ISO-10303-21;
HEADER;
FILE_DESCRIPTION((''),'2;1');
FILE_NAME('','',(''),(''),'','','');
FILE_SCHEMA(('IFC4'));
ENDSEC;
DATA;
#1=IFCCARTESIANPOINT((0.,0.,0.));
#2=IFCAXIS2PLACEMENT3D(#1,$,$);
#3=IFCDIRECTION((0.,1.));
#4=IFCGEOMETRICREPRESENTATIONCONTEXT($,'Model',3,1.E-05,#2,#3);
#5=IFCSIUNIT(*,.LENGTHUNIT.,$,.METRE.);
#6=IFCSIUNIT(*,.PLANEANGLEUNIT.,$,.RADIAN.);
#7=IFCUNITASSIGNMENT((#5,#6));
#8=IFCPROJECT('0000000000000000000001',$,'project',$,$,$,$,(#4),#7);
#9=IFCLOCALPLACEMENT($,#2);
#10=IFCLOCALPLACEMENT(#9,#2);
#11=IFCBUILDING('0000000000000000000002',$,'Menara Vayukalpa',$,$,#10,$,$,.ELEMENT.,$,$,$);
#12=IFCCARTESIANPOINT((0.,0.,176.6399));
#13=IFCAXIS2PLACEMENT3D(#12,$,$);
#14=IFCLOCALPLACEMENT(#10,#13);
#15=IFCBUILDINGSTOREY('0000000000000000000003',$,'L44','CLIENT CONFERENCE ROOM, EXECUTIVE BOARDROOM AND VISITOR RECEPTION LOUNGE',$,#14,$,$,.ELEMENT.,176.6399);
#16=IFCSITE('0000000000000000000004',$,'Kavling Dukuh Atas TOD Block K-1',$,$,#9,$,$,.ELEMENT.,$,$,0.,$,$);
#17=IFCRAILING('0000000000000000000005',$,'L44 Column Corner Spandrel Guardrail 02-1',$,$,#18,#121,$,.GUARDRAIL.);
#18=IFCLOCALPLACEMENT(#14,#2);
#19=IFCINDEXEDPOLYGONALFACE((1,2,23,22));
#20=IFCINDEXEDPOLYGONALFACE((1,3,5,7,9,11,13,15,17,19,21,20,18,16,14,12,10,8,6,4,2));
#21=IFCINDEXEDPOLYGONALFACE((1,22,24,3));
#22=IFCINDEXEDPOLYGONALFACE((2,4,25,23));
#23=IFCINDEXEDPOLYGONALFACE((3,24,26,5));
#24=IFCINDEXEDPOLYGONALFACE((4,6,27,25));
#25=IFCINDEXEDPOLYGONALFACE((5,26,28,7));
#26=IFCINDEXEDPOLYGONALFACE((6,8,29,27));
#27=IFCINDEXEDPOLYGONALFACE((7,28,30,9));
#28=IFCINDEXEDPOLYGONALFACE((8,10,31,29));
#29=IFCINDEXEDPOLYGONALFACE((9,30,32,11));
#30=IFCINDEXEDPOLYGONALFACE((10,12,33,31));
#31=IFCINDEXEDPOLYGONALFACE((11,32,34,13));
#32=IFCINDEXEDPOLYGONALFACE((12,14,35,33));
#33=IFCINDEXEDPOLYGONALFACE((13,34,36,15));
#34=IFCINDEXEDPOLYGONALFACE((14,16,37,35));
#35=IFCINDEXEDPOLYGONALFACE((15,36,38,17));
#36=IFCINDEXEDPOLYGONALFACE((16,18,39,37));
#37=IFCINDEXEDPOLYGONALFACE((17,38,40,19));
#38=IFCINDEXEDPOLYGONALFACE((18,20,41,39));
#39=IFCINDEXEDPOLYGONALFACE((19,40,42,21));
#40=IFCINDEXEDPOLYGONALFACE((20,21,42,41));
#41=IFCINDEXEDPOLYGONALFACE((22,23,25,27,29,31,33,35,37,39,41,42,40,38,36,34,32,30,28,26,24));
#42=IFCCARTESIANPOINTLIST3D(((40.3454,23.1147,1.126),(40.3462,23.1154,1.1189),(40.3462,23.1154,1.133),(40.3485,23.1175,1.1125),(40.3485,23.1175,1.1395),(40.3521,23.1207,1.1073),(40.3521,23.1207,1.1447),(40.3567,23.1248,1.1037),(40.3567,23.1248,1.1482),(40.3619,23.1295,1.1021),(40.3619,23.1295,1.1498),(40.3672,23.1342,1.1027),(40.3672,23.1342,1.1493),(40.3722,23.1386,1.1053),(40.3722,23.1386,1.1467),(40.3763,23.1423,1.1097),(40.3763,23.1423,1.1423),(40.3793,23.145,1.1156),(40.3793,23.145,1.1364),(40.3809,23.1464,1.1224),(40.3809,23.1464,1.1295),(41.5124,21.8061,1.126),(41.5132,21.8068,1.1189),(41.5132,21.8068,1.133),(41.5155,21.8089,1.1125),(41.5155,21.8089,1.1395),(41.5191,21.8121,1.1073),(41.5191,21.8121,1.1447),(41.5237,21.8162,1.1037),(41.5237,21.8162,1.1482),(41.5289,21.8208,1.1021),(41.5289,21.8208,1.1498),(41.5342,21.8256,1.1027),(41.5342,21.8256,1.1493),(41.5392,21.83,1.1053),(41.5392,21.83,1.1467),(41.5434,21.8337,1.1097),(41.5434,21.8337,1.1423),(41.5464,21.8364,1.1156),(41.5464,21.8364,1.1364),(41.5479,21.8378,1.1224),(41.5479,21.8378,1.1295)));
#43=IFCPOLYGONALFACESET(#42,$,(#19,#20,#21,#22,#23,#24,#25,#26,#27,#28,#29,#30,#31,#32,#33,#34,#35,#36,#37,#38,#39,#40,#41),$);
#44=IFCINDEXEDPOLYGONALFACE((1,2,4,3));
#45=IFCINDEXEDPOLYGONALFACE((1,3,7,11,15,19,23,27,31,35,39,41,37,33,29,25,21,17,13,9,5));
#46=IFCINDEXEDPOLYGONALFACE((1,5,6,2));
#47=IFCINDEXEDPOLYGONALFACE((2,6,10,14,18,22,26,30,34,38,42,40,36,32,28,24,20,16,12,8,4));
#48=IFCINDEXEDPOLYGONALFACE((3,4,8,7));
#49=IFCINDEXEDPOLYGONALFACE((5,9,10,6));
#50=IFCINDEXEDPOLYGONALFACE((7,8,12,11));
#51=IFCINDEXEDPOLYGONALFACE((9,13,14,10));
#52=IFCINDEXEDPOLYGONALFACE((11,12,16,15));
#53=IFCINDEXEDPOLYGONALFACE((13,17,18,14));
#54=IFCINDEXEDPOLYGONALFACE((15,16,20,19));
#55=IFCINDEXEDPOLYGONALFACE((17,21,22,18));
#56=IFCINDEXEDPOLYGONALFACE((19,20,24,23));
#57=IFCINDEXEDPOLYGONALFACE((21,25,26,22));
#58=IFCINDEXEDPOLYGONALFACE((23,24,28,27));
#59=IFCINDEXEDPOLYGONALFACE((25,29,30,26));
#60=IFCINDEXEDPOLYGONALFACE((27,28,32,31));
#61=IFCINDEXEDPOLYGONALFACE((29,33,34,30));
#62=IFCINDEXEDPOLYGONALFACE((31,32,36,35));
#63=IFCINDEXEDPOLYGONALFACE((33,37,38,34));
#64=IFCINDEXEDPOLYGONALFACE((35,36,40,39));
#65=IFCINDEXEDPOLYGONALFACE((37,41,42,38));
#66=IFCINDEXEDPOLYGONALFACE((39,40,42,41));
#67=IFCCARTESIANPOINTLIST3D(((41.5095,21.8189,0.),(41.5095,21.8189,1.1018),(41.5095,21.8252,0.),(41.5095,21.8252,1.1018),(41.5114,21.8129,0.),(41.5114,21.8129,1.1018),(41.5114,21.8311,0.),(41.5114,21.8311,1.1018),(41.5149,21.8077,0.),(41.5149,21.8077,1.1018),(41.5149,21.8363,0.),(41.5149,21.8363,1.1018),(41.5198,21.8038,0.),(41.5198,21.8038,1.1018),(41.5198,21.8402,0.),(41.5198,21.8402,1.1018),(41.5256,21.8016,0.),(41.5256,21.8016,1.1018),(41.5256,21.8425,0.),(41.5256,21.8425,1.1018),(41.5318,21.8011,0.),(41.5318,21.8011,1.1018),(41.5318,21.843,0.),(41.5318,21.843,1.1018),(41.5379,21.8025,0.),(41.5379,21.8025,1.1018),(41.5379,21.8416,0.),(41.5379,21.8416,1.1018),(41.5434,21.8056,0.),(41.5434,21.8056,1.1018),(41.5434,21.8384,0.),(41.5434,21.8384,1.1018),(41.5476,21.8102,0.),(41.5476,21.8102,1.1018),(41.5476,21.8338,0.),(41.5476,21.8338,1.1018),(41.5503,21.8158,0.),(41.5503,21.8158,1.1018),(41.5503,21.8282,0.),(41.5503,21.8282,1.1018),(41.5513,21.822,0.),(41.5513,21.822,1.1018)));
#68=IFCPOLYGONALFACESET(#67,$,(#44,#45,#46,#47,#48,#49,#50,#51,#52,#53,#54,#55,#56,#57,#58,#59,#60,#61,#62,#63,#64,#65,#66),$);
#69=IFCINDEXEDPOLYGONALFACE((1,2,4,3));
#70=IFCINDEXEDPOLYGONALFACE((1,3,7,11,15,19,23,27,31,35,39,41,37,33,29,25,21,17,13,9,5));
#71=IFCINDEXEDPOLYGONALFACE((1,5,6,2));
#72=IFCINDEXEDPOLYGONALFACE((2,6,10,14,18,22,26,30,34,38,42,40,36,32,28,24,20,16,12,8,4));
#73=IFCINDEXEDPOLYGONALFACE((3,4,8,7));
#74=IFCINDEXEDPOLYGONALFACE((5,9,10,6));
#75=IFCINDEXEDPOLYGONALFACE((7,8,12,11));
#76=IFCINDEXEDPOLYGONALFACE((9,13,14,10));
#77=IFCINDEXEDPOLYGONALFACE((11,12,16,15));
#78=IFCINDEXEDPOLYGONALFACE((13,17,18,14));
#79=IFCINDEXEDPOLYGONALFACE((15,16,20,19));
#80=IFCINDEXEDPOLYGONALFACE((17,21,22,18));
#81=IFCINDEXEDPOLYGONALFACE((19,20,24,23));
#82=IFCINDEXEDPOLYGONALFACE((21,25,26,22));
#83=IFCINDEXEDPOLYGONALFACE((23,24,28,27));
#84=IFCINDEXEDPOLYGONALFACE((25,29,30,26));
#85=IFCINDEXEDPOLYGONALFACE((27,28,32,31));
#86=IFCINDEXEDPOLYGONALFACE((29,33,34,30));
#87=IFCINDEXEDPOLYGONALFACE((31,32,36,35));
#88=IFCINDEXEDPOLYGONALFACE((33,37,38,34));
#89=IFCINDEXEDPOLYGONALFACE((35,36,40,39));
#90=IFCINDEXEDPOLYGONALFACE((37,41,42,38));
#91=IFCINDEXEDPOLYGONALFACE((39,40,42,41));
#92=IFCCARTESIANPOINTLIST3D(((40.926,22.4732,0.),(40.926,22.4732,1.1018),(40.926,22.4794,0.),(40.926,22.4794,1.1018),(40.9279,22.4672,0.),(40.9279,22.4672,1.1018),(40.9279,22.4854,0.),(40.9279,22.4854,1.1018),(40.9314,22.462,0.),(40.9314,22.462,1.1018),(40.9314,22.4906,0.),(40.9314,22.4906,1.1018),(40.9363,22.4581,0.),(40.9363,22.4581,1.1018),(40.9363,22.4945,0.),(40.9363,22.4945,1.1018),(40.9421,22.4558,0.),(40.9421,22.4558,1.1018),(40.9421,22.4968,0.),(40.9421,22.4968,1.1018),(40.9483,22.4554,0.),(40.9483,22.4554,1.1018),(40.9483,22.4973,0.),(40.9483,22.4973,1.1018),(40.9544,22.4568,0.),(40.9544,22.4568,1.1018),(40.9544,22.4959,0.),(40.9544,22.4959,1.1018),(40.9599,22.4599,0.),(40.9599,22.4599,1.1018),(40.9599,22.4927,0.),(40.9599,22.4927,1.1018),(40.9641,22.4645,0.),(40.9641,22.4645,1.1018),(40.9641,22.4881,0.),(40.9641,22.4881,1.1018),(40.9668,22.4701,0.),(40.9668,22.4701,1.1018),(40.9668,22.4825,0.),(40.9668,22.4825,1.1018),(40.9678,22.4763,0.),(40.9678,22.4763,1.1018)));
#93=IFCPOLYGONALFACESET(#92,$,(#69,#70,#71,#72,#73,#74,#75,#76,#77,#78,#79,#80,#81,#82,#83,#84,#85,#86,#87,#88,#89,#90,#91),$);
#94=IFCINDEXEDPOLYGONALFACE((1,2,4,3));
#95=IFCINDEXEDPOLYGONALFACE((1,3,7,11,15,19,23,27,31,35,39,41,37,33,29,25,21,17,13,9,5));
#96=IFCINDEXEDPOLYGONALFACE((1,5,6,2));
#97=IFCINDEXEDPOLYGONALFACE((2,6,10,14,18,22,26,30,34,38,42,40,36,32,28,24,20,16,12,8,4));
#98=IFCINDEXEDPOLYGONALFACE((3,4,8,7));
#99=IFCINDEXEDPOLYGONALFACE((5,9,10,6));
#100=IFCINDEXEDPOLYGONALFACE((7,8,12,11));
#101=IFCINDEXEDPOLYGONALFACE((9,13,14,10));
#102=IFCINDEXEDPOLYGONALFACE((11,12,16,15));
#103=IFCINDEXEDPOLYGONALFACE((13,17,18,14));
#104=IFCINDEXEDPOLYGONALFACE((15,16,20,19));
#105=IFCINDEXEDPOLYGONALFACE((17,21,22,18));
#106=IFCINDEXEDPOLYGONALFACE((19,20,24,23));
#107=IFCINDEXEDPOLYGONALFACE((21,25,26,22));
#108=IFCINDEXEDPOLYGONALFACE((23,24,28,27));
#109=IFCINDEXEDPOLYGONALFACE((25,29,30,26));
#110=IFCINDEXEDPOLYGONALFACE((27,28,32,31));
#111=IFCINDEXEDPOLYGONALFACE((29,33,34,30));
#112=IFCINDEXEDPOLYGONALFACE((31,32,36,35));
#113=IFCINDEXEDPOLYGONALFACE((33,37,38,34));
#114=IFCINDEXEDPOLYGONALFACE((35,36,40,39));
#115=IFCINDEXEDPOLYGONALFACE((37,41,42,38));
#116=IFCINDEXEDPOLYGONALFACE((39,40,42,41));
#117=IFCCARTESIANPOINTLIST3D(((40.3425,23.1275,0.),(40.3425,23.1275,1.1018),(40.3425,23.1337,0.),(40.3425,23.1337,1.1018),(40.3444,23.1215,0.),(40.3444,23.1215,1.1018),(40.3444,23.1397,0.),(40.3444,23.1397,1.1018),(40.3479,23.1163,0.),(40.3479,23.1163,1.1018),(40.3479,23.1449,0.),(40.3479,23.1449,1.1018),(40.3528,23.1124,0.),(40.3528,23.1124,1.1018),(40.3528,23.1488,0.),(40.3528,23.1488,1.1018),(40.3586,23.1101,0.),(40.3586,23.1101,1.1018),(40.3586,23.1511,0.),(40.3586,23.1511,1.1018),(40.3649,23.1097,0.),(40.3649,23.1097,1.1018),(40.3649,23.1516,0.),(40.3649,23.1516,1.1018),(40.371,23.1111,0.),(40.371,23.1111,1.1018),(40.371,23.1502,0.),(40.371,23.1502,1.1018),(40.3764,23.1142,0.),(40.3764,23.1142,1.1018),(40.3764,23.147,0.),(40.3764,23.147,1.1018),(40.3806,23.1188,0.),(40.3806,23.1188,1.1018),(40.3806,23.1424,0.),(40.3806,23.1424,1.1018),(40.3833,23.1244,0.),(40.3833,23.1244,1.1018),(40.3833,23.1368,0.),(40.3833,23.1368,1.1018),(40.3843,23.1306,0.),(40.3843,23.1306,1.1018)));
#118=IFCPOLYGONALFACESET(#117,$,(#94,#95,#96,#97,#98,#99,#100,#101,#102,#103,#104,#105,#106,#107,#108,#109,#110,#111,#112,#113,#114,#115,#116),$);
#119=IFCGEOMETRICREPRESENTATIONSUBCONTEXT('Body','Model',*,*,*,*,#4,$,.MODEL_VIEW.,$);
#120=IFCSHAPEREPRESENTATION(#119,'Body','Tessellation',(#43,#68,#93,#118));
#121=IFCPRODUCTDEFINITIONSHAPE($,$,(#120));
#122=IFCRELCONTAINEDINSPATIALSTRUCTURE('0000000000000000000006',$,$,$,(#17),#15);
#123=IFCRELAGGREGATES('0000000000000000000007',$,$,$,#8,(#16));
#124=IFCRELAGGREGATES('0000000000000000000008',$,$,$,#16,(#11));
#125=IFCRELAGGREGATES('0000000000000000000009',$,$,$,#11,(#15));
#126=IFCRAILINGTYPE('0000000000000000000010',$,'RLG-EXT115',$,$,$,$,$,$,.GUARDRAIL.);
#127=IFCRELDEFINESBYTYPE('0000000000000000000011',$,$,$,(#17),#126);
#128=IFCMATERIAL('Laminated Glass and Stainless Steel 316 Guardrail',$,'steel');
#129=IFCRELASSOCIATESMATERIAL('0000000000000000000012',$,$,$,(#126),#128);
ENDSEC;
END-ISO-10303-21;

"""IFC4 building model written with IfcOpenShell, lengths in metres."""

from ifc_helpers import new_model, si_unit, direction, frame, origin, origin_2d, place, context, subcontext, project, spatial, circle, extrude, material, type_object, element, save


model = new_model("IFC4")

# Units and contexts
model_context = context("Model", 3, precision=1e-05, world=origin(), true_north=direction((0.0, 1.0)))
body_context = subcontext(model_context, "Body", "Model", "MODEL_VIEW")
ifc_project = project(units=[si_unit("LENGTHUNIT", "METRE"), si_unit("PLANEANGLEUNIT", "RADIAN")], contexts=[model_context])

# Site, building, storey
site_placement = place(None, origin())
site = spatial("IfcSite", under=ifc_project, at=site_placement, Name="Kavling Dukuh Atas TOD Block K-1", CompositionType="ELEMENT", RefElevation=0.0)
building_placement = place(site_placement, origin())
building = spatial("IfcBuilding", under=site, at=building_placement, Name="Menara Vayukalpa", CompositionType="ELEMENT")
storey_placement = place(building_placement, frame((0.0, 0.0, 176.6399)))
storey = spatial("IfcBuildingStorey", under=building, at=storey_placement, Name="L44", Description="CLIENT CONFERENCE ROOM, EXECUTIVE BOARDROOM AND VISITOR RECEPTION LOUNGE", CompositionType="ELEMENT", Elevation=176.6399)

# Railing
ifc_material_1 = material(Name="Laminated Glass and Stainless Steel 316 Guardrail", Category="steel")
railing_type_1 = type_object("IfcRailingType", Name="RLG-EXT115", PredefinedType="GUARDRAIL", material=ifc_material_1)
railing_1_placement = place(storey_placement, frame((41.5303, 21.822, 0.0)))
element("IfcRailing", 1, at=railing_1_placement, inside=storey, type_object=railing_type_1, Name="L44 Column Corner Spandrel Guardrail 02-1", PredefinedType="GUARDRAIL", context=body_context, shape_type="SweptSolid", body=[
    extrude(circle(Radius=0.0239, at=origin_2d()), frame((0.0, 0.0, 1.126), z_axis=(-0.665573, 0.746333, 0.0), x_axis=(-0.746333, -0.665573, 0.0)), (0.0, 0.0, 1.0), 1.7534),
    extrude(circle(Radius=0.021, at=origin_2d()), origin(), (0.0, 0.0, 1.0), 1.1018),
    extrude(circle(Radius=0.021, at=origin_2d()), frame((-0.5835, 0.6543, 0.0)), (0.0, 0.0, 1.0), 1.1018),
    extrude(circle(Radius=0.021, at=origin_2d()), frame((-1.167, 1.3086, 0.0)), (0.0, 0.0, 1.0), 1.1018),
])

save(model, "model.ifc")
